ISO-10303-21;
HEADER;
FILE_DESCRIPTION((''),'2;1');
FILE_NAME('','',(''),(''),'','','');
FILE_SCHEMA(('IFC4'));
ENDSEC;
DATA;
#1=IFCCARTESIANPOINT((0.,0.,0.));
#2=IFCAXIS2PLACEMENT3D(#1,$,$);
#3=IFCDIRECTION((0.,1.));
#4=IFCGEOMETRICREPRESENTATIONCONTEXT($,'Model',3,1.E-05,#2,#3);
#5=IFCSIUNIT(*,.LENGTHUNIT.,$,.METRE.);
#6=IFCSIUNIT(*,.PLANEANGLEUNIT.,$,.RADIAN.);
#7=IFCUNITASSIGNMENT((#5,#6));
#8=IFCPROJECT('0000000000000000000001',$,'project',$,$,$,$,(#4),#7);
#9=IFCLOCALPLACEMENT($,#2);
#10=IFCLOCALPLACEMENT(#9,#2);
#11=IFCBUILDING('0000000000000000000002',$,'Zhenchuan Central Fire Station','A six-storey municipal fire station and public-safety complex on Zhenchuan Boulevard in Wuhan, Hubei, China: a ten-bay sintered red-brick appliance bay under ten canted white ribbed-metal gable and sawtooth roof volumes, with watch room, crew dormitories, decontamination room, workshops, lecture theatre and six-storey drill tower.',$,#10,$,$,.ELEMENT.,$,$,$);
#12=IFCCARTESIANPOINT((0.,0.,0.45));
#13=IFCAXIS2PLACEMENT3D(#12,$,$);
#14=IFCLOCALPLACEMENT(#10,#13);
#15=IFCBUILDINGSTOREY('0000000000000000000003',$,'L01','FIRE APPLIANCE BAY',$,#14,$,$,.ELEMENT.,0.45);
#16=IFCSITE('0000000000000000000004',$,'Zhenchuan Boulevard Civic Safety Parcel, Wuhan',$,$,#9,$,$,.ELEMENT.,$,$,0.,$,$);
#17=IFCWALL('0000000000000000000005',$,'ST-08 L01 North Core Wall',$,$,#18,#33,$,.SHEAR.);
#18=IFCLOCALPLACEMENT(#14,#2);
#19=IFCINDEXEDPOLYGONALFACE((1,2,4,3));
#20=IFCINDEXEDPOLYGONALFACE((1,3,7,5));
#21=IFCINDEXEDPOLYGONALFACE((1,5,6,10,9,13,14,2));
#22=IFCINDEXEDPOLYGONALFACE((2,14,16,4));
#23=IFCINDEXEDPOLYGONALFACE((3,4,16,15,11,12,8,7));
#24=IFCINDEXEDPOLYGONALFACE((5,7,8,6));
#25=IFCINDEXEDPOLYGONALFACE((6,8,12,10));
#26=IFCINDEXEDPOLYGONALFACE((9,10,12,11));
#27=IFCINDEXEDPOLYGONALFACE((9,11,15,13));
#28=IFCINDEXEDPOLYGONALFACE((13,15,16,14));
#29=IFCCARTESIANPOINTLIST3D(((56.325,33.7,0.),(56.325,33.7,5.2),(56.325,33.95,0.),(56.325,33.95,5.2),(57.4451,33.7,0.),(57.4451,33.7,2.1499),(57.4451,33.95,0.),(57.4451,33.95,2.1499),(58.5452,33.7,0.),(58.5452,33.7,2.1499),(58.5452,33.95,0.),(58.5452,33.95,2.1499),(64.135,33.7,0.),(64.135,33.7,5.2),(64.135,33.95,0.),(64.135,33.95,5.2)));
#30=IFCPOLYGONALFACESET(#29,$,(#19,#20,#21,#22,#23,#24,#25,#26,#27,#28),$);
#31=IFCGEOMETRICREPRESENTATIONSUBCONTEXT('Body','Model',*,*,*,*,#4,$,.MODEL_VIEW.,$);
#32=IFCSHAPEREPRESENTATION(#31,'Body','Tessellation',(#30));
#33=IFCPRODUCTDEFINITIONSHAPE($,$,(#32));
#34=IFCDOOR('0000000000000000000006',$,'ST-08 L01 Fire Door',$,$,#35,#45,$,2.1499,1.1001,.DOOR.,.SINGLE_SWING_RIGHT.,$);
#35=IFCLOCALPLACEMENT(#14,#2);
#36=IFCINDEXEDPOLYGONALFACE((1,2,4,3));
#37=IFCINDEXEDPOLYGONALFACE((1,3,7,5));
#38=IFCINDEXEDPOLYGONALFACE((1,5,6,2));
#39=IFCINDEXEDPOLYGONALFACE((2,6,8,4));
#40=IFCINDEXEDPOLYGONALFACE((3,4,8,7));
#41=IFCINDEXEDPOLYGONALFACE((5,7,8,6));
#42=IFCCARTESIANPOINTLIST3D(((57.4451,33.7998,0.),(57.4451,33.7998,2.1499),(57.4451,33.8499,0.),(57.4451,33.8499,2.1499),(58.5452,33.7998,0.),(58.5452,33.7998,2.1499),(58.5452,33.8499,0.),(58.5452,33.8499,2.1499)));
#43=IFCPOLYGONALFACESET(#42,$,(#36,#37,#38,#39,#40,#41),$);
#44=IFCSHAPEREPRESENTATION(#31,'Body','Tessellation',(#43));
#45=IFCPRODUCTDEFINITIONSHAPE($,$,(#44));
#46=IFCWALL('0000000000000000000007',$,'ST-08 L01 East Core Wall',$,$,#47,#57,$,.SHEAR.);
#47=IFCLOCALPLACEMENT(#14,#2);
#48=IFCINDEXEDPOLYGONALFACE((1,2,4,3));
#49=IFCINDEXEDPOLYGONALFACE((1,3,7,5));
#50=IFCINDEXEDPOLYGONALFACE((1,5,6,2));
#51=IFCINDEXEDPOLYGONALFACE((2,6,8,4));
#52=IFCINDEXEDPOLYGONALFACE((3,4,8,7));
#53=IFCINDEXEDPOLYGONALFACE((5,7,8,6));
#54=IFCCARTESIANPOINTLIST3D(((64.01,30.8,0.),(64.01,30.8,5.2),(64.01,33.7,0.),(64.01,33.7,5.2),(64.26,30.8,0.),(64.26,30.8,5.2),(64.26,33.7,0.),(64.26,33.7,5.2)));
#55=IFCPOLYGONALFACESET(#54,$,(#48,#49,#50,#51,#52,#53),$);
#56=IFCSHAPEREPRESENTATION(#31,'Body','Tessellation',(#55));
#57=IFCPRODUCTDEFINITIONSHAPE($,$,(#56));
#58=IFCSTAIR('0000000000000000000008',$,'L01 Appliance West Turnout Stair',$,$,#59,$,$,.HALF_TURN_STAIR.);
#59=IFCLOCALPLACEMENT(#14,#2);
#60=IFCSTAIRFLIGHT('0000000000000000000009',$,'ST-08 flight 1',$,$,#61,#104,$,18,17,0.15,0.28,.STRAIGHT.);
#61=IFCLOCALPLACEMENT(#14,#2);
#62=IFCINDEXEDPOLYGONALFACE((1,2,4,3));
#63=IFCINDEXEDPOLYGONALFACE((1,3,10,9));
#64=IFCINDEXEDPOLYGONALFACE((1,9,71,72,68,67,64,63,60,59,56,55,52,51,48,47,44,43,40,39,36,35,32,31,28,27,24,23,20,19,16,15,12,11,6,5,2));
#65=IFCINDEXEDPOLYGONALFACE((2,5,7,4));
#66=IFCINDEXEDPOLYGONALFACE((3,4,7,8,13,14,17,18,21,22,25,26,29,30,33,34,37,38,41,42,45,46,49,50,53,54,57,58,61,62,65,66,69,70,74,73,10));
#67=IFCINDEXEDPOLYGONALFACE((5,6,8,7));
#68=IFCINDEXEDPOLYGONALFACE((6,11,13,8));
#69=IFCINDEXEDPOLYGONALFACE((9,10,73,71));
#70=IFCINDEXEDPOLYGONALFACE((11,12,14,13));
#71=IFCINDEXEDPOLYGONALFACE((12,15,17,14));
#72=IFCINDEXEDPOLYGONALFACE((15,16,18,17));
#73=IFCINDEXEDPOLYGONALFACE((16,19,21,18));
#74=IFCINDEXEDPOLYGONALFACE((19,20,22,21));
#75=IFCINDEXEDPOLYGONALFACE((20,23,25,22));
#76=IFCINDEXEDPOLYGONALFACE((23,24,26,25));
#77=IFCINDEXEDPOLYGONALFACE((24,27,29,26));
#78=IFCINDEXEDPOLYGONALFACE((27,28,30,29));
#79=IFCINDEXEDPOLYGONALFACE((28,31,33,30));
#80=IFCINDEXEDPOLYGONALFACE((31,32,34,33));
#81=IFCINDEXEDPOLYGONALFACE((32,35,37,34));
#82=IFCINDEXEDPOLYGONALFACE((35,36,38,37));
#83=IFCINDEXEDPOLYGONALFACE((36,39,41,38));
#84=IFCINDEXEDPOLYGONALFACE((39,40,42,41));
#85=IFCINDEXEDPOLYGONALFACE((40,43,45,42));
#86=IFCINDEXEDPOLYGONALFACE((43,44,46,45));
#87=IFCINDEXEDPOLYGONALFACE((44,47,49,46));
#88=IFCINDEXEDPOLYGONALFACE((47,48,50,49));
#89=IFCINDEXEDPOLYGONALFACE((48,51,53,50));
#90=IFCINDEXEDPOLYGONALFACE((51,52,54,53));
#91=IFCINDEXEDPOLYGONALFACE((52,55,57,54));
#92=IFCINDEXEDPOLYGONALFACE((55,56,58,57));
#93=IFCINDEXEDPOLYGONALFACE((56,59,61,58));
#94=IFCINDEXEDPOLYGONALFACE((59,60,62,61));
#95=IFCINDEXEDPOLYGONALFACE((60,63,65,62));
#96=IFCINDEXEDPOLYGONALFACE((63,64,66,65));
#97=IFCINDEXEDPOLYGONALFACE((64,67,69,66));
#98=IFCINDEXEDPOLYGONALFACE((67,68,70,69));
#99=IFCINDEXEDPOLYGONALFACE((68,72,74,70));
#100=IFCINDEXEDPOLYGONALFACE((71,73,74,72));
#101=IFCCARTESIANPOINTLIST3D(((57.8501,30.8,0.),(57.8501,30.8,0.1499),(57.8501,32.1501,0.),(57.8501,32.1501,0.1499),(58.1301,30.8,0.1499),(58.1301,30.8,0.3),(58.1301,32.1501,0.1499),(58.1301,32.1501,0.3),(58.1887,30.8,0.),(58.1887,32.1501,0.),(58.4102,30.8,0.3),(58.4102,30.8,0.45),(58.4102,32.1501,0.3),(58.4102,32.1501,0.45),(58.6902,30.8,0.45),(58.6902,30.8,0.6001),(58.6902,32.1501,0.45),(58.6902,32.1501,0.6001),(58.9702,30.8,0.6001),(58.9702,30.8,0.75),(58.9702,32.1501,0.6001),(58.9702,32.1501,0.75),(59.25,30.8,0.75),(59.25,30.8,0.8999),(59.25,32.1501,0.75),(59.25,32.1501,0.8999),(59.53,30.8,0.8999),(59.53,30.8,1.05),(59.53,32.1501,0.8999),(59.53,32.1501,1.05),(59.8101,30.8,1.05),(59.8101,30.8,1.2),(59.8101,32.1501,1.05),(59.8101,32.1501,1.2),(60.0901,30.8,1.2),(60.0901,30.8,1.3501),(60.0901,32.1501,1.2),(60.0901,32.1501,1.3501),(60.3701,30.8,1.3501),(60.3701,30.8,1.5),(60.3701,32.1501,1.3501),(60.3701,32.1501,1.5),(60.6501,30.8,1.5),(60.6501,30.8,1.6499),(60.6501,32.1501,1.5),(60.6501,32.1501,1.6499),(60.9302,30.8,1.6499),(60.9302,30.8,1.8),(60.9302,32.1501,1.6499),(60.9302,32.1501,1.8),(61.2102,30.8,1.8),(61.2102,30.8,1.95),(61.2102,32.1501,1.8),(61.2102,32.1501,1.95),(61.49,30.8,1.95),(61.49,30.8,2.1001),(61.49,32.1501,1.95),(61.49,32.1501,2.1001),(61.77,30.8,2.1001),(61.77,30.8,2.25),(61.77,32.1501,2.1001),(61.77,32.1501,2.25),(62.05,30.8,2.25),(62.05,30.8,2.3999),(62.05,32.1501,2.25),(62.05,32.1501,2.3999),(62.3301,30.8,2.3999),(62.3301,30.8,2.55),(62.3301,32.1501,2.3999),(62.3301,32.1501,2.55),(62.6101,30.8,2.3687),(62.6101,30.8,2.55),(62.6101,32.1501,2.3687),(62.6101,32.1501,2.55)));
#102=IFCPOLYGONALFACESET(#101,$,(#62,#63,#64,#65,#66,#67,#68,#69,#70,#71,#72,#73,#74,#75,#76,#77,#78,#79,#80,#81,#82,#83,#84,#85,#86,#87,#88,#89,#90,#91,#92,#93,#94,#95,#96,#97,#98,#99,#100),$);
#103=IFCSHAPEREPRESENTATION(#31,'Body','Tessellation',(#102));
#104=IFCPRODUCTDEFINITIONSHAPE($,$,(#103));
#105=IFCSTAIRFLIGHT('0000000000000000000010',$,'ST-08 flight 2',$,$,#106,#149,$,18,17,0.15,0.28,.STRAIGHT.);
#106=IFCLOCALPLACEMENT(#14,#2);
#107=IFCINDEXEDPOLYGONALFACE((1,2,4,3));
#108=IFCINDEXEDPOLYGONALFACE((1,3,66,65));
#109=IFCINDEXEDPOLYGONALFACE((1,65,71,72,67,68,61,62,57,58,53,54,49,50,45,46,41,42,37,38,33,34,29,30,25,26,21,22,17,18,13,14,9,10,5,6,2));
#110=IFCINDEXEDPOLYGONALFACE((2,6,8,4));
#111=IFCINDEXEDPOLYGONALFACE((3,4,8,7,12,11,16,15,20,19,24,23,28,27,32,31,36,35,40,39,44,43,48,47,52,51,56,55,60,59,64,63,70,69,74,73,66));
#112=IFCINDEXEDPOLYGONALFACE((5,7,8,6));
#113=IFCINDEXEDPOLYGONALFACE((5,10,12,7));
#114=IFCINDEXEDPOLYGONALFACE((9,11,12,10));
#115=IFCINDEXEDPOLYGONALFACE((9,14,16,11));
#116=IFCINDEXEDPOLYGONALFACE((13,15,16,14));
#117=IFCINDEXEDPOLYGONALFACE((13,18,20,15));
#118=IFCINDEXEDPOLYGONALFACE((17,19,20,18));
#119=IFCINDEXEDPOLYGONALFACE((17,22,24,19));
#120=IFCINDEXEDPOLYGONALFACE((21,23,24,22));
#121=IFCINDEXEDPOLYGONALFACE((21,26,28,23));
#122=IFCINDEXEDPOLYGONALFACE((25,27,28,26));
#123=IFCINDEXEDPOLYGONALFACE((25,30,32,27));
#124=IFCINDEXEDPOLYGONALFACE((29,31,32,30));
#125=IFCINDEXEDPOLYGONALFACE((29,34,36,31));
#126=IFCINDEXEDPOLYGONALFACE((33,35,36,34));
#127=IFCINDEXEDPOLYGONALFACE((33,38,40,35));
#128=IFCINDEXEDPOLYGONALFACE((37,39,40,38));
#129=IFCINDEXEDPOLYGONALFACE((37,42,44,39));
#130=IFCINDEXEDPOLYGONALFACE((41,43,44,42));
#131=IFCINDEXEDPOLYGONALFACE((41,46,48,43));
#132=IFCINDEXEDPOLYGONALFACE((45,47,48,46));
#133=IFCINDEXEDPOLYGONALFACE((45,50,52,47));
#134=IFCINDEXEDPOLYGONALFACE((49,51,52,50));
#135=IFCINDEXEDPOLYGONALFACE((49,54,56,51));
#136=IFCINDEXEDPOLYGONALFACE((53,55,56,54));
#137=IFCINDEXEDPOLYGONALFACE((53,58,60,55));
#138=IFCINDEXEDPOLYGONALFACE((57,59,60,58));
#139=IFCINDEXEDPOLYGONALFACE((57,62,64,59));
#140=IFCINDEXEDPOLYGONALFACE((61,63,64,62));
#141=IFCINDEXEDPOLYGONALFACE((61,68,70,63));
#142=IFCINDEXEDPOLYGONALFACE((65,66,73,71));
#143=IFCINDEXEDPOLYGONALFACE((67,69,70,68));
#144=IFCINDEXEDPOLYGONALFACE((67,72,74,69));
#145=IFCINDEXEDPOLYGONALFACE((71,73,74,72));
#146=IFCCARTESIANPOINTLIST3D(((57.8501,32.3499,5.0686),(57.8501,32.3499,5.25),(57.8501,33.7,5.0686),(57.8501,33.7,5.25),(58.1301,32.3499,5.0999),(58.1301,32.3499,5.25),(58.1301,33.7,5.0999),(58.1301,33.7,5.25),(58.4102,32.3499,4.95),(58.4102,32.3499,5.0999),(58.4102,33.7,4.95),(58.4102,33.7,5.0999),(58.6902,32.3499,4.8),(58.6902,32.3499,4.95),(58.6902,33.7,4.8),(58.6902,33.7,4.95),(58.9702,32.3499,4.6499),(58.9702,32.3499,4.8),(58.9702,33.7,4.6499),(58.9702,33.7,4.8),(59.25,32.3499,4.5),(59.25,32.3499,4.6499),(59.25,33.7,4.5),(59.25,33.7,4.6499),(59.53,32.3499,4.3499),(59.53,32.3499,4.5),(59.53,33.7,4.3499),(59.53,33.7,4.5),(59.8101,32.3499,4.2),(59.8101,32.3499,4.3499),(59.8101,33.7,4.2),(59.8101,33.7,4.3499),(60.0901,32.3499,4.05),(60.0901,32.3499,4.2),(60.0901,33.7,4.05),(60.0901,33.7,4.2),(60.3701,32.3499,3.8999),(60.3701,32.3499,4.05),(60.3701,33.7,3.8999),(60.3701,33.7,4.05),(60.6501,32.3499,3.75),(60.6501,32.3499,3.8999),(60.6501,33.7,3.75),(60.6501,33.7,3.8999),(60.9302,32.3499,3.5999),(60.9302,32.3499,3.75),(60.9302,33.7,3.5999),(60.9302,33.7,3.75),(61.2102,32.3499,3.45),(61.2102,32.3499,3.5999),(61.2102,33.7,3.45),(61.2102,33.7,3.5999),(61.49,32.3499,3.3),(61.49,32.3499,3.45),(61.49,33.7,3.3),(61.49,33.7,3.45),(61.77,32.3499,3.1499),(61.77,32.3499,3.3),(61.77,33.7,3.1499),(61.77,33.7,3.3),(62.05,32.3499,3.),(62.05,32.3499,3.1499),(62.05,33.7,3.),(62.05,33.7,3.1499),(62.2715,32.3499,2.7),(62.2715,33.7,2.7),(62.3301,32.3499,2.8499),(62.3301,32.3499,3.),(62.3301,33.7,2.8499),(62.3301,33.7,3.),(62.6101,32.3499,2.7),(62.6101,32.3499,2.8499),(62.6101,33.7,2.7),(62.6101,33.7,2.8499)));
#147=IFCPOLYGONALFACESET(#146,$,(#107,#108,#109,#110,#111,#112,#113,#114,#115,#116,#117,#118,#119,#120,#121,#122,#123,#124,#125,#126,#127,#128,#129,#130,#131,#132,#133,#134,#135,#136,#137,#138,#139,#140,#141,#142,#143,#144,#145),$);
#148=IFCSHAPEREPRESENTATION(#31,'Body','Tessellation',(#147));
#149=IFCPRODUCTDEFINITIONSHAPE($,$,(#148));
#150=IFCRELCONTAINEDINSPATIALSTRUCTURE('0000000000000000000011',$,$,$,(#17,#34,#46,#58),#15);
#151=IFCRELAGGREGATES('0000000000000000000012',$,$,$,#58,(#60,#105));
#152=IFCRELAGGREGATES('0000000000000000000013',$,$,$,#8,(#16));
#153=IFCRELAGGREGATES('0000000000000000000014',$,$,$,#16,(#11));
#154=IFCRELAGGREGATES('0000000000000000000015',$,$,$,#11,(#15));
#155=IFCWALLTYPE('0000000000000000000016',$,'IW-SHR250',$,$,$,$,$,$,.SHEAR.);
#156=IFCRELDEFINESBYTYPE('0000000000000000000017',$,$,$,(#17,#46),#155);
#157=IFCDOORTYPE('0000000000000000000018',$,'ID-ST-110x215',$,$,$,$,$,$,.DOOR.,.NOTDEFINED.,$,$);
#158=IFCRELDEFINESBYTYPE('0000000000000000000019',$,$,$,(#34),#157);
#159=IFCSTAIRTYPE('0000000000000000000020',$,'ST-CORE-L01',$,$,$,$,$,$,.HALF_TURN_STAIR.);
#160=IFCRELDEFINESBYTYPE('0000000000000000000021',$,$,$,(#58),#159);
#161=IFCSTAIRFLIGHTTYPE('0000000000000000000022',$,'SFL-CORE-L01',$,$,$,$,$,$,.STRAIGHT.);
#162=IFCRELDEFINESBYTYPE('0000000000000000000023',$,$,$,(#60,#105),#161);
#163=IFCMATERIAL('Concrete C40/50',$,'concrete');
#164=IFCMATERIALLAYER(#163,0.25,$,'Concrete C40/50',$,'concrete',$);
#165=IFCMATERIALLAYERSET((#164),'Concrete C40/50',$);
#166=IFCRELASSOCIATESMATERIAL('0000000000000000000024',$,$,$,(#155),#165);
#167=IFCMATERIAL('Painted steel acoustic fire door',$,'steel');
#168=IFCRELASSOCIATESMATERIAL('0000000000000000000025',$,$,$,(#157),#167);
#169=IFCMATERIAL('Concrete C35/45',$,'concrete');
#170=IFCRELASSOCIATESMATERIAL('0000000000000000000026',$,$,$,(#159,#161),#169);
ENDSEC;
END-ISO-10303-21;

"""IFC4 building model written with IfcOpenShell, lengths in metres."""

from ifc_helpers import new_model, si_unit, direction, frame, frame_2d, origin, place, context, subcontext, project, spatial, polyline, rectangle, outline, extrude, material, layer, layer_set, type_object, element, fill, aggregate, save


model = new_model("IFC4")

# Units and contexts
model_context = context("Model", 3, precision=1e-05, world=origin(), true_north=direction((0.0, 1.0)))
body_context = subcontext(model_context, "Body", "Model", "MODEL_VIEW")
ifc_project = project(units=[si_unit("LENGTHUNIT", "METRE"), si_unit("PLANEANGLEUNIT", "RADIAN")], contexts=[model_context])

# Site, building, storey
site_placement = place(None, origin())
site = spatial("IfcSite", under=ifc_project, at=site_placement, Name="Zhenchuan Boulevard Civic Safety Parcel, Wuhan", CompositionType="ELEMENT", RefElevation=0.0)
building_placement = place(site_placement, origin())
building = spatial("IfcBuilding", under=site, at=building_placement, Name="Zhenchuan Central Fire Station", Description="A six-storey municipal fire station and public-safety complex on Zhenchuan Boulevard in Wuhan, Hubei, China: a ten-bay sintered red-brick appliance bay under ten canted white ribbed-metal gable and sawtooth roof volumes, with watch room, crew dormitories, decontamination room, workshops, lecture theatre and six-storey drill tower.", CompositionType="ELEMENT")
storey_placement = place(building_placement, frame((0.0, 0.0, 0.45)))
storey = spatial("IfcBuildingStorey", under=building, at=storey_placement, Name="L01", Description="FIRE APPLIANCE BAY", CompositionType="ELEMENT", Elevation=0.45)

# Shared definitions
ifc_material_1 = material(Name="Concrete C40/50", Category="concrete")

# Shared definitions
ifc_material_2 = material(Name="Concrete C35/45", Category="concrete")

# Wall, opening, door
ifc_layer_1 = layer(ifc_material_1, 0.25, Name="Concrete C40/50", Category="concrete")
ifc_layer_set_1 = layer_set([ifc_layer_1], Name="Concrete C40/50")
wall_type_1 = type_object("IfcWallType", Name="IW-SHR250", PredefinedType="SHEAR", material=ifc_layer_set_1)
wall_1_placement = place(storey_placement, frame((56.325, 33.825, 0.0), z_axis=(0.0, 0.0, 1.0), x_axis=(1.0, 0.0, 0.0)))
wall_1 = element("IfcWall", 1, at=wall_1_placement, inside=storey, type_object=wall_type_1, Name="ST-08 L01 North Core Wall", PredefinedType="SHEAR", context=body_context, shape_type="SweptSolid", body=[
    extrude(rectangle(XDim=7.8101, YDim=0.25, at=frame_2d((3.905, 0.0))), origin(), (0.0, 0.0, 1.0), 5.2),
])
opening_1_placement = place(wall_1_placement, frame((1.1201, 0.0, 0.0)))
opening_1 = element("IfcOpeningElement", 2, at=opening_1_placement, cuts=wall_1, PredefinedType="OPENING", context=body_context, shape_type="SweptSolid", body=[
    extrude(rectangle(XDim=1.1001, YDim=2.1499, at=frame_2d((0.55, 1.075))), frame((0.0, 0.135, 0.0), z_axis=(0.0, -1.0, 0.0), x_axis=(1.0, 0.0, 0.0)), (0.0, 0.0, 1.0), 0.27),
])
ifc_material_3 = material(Name="Painted steel acoustic fire door", Category="steel")
door_type_1 = type_object("IfcDoorType", Name="ID-ST-110x215", OperationType="NOTDEFINED", PredefinedType="DOOR", material=ifc_material_3)
door_1_placement = place(opening_1_placement, origin())
door_1 = element("IfcDoor", 3, at=door_1_placement, inside=storey, type_object=door_type_1, Name="ST-08 L01 Fire Door", OperationType="SINGLE_SWING_RIGHT", OverallHeight=2.1499, OverallWidth=1.1001, PredefinedType="DOOR", context=body_context, shape_type="SweptSolid", body=[
    extrude(rectangle(XDim=1.1001, YDim=2.1499, at=frame_2d((0.55, 1.075))), frame((0.0, 0.0249, 0.0), z_axis=(0.0, -1.0, 0.0), x_axis=(1.0, 0.0, 0.0)), (0.0, 0.0, 1.0), 0.05),
])
fill(opening_1, door_1)

# Wall
wall_2_placement = place(storey_placement, frame((64.135, 30.8, 0.0), z_axis=(0.0, 0.0, 1.0), x_axis=(0.0, 1.0, 0.0)))
element("IfcWall", 4, at=wall_2_placement, inside=storey, type_object=wall_type_1, Name="ST-08 L01 East Core Wall", PredefinedType="SHEAR", context=body_context, shape_type="SweptSolid", body=[
    extrude(rectangle(XDim=2.8999, YDim=0.25, at=frame_2d((1.45, 0.0))), origin(), (0.0, 0.0, 1.0), 5.2),
])

# Stair, stair flights
stair_type = type_object("IfcStairType", Name="ST-CORE-L01", PredefinedType="HALF_TURN_STAIR", material=ifc_material_2)
stair_placement = place(storey_placement, origin())
stair = element("IfcStair", 5, at=stair_placement, inside=storey, type_object=stair_type, Name="L01 Appliance West Turnout Stair", PredefinedType="HALF_TURN_STAIR")
stair_flight_type = type_object("IfcStairFlightType", Name="SFL-CORE-L01", PredefinedType="STRAIGHT", material=ifc_material_2)
stair_flight_1_placement = place(storey_placement, frame((57.8501, 31.4751, 0.0), z_axis=(0.0, 0.0, 1.0), x_axis=(1.0, 0.0, 0.0)))
stair_flight_1 = element("IfcStairFlight", 6, at=stair_flight_1_placement, type_object=stair_flight_type, Name="ST-08 flight 1", NumberOfRisers=18, NumberOfTreads=17, PredefinedType="STRAIGHT", RiserHeight=0.15, TreadLength=0.28, context=body_context, shape_type="SweptSolid", body=[
    extrude(outline(polyline([(0.0, 0.0), (0.0, 0.1499), (0.28, 0.1499), (0.28, 0.3), (0.5601, 0.3), (0.5601, 0.45), (0.8401, 0.45), (0.8401, 0.6001), (1.1201, 0.6001), (1.1201, 0.75), (1.3999, 0.75), (1.3999, 0.8999), (1.6799, 0.8999), (1.6799, 1.05), (1.96, 1.05), (1.96, 1.2), (2.24, 1.2), (2.24, 1.3501), (2.52, 1.3501), (2.52, 1.5), (2.8, 1.5), (2.8, 1.6499), (3.0801, 1.6499), (3.0801, 1.8), (3.3601, 1.8), (3.3601, 1.95), (3.6399, 1.95), (3.6399, 2.1001), (3.9199, 2.1001), (3.9199, 2.25), (4.2, 2.25), (4.2, 2.3999), (4.48, 2.3999), (4.48, 2.55), (4.76, 2.55), (4.76, 2.7), (4.76, 2.3687), (0.3386, 0.0), (0.0, 0.0)])), frame((0.0, 0.675, 0.0), z_axis=(0.0, -1.0, 0.0), x_axis=(1.0, 0.0, 0.0)), (0.0, 0.0, 1.0), 1.3501),
])
stair_flight_2_placement = place(storey_placement, frame((62.6101, 33.0249, 2.7), z_axis=(0.0, 0.0, 1.0), x_axis=(-1.0, 0.0, 0.0)))
stair_flight_2 = element("IfcStairFlight", 7, at=stair_flight_2_placement, type_object=stair_flight_type, Name="ST-08 flight 2", NumberOfRisers=18, NumberOfTreads=17, PredefinedType="STRAIGHT", RiserHeight=0.15, TreadLength=0.28, context=body_context, shape_type="SweptSolid", body=[
    extrude(outline(polyline([(0.0, 0.0), (0.0, 0.1499), (0.28, 0.1499), (0.28, 0.3), (0.5601, 0.3), (0.5601, 0.45), (0.8401, 0.45), (0.8401, 0.6001), (1.1201, 0.6001), (1.1201, 0.75), (1.3999, 0.75), (1.3999, 0.8999), (1.6799, 0.8999), (1.6799, 1.05), (1.96, 1.05), (1.96, 1.2), (2.24, 1.2), (2.24, 1.3501), (2.52, 1.3501), (2.52, 1.5), (2.8, 1.5), (2.8, 1.6499), (3.0801, 1.6499), (3.0801, 1.8), (3.3601, 1.8), (3.3601, 1.95), (3.6399, 1.95), (3.6399, 2.1001), (3.9199, 2.1001), (3.9199, 2.25), (4.2, 2.25), (4.2, 2.3999), (4.48, 2.3999), (4.48, 2.55), (4.76, 2.55), (4.76, 2.7), (4.76, 2.3687), (0.3386, 0.0), (0.0, 0.0)])), frame((0.0, 0.675, 0.0), z_axis=(0.0, -1.0, 0.0), x_axis=(1.0, 0.0, 0.0)), (0.0, 0.0, 1.0), 1.3501),
])
aggregate(stair, [stair_flight_1, stair_flight_2])

save(model, "model.ifc")
